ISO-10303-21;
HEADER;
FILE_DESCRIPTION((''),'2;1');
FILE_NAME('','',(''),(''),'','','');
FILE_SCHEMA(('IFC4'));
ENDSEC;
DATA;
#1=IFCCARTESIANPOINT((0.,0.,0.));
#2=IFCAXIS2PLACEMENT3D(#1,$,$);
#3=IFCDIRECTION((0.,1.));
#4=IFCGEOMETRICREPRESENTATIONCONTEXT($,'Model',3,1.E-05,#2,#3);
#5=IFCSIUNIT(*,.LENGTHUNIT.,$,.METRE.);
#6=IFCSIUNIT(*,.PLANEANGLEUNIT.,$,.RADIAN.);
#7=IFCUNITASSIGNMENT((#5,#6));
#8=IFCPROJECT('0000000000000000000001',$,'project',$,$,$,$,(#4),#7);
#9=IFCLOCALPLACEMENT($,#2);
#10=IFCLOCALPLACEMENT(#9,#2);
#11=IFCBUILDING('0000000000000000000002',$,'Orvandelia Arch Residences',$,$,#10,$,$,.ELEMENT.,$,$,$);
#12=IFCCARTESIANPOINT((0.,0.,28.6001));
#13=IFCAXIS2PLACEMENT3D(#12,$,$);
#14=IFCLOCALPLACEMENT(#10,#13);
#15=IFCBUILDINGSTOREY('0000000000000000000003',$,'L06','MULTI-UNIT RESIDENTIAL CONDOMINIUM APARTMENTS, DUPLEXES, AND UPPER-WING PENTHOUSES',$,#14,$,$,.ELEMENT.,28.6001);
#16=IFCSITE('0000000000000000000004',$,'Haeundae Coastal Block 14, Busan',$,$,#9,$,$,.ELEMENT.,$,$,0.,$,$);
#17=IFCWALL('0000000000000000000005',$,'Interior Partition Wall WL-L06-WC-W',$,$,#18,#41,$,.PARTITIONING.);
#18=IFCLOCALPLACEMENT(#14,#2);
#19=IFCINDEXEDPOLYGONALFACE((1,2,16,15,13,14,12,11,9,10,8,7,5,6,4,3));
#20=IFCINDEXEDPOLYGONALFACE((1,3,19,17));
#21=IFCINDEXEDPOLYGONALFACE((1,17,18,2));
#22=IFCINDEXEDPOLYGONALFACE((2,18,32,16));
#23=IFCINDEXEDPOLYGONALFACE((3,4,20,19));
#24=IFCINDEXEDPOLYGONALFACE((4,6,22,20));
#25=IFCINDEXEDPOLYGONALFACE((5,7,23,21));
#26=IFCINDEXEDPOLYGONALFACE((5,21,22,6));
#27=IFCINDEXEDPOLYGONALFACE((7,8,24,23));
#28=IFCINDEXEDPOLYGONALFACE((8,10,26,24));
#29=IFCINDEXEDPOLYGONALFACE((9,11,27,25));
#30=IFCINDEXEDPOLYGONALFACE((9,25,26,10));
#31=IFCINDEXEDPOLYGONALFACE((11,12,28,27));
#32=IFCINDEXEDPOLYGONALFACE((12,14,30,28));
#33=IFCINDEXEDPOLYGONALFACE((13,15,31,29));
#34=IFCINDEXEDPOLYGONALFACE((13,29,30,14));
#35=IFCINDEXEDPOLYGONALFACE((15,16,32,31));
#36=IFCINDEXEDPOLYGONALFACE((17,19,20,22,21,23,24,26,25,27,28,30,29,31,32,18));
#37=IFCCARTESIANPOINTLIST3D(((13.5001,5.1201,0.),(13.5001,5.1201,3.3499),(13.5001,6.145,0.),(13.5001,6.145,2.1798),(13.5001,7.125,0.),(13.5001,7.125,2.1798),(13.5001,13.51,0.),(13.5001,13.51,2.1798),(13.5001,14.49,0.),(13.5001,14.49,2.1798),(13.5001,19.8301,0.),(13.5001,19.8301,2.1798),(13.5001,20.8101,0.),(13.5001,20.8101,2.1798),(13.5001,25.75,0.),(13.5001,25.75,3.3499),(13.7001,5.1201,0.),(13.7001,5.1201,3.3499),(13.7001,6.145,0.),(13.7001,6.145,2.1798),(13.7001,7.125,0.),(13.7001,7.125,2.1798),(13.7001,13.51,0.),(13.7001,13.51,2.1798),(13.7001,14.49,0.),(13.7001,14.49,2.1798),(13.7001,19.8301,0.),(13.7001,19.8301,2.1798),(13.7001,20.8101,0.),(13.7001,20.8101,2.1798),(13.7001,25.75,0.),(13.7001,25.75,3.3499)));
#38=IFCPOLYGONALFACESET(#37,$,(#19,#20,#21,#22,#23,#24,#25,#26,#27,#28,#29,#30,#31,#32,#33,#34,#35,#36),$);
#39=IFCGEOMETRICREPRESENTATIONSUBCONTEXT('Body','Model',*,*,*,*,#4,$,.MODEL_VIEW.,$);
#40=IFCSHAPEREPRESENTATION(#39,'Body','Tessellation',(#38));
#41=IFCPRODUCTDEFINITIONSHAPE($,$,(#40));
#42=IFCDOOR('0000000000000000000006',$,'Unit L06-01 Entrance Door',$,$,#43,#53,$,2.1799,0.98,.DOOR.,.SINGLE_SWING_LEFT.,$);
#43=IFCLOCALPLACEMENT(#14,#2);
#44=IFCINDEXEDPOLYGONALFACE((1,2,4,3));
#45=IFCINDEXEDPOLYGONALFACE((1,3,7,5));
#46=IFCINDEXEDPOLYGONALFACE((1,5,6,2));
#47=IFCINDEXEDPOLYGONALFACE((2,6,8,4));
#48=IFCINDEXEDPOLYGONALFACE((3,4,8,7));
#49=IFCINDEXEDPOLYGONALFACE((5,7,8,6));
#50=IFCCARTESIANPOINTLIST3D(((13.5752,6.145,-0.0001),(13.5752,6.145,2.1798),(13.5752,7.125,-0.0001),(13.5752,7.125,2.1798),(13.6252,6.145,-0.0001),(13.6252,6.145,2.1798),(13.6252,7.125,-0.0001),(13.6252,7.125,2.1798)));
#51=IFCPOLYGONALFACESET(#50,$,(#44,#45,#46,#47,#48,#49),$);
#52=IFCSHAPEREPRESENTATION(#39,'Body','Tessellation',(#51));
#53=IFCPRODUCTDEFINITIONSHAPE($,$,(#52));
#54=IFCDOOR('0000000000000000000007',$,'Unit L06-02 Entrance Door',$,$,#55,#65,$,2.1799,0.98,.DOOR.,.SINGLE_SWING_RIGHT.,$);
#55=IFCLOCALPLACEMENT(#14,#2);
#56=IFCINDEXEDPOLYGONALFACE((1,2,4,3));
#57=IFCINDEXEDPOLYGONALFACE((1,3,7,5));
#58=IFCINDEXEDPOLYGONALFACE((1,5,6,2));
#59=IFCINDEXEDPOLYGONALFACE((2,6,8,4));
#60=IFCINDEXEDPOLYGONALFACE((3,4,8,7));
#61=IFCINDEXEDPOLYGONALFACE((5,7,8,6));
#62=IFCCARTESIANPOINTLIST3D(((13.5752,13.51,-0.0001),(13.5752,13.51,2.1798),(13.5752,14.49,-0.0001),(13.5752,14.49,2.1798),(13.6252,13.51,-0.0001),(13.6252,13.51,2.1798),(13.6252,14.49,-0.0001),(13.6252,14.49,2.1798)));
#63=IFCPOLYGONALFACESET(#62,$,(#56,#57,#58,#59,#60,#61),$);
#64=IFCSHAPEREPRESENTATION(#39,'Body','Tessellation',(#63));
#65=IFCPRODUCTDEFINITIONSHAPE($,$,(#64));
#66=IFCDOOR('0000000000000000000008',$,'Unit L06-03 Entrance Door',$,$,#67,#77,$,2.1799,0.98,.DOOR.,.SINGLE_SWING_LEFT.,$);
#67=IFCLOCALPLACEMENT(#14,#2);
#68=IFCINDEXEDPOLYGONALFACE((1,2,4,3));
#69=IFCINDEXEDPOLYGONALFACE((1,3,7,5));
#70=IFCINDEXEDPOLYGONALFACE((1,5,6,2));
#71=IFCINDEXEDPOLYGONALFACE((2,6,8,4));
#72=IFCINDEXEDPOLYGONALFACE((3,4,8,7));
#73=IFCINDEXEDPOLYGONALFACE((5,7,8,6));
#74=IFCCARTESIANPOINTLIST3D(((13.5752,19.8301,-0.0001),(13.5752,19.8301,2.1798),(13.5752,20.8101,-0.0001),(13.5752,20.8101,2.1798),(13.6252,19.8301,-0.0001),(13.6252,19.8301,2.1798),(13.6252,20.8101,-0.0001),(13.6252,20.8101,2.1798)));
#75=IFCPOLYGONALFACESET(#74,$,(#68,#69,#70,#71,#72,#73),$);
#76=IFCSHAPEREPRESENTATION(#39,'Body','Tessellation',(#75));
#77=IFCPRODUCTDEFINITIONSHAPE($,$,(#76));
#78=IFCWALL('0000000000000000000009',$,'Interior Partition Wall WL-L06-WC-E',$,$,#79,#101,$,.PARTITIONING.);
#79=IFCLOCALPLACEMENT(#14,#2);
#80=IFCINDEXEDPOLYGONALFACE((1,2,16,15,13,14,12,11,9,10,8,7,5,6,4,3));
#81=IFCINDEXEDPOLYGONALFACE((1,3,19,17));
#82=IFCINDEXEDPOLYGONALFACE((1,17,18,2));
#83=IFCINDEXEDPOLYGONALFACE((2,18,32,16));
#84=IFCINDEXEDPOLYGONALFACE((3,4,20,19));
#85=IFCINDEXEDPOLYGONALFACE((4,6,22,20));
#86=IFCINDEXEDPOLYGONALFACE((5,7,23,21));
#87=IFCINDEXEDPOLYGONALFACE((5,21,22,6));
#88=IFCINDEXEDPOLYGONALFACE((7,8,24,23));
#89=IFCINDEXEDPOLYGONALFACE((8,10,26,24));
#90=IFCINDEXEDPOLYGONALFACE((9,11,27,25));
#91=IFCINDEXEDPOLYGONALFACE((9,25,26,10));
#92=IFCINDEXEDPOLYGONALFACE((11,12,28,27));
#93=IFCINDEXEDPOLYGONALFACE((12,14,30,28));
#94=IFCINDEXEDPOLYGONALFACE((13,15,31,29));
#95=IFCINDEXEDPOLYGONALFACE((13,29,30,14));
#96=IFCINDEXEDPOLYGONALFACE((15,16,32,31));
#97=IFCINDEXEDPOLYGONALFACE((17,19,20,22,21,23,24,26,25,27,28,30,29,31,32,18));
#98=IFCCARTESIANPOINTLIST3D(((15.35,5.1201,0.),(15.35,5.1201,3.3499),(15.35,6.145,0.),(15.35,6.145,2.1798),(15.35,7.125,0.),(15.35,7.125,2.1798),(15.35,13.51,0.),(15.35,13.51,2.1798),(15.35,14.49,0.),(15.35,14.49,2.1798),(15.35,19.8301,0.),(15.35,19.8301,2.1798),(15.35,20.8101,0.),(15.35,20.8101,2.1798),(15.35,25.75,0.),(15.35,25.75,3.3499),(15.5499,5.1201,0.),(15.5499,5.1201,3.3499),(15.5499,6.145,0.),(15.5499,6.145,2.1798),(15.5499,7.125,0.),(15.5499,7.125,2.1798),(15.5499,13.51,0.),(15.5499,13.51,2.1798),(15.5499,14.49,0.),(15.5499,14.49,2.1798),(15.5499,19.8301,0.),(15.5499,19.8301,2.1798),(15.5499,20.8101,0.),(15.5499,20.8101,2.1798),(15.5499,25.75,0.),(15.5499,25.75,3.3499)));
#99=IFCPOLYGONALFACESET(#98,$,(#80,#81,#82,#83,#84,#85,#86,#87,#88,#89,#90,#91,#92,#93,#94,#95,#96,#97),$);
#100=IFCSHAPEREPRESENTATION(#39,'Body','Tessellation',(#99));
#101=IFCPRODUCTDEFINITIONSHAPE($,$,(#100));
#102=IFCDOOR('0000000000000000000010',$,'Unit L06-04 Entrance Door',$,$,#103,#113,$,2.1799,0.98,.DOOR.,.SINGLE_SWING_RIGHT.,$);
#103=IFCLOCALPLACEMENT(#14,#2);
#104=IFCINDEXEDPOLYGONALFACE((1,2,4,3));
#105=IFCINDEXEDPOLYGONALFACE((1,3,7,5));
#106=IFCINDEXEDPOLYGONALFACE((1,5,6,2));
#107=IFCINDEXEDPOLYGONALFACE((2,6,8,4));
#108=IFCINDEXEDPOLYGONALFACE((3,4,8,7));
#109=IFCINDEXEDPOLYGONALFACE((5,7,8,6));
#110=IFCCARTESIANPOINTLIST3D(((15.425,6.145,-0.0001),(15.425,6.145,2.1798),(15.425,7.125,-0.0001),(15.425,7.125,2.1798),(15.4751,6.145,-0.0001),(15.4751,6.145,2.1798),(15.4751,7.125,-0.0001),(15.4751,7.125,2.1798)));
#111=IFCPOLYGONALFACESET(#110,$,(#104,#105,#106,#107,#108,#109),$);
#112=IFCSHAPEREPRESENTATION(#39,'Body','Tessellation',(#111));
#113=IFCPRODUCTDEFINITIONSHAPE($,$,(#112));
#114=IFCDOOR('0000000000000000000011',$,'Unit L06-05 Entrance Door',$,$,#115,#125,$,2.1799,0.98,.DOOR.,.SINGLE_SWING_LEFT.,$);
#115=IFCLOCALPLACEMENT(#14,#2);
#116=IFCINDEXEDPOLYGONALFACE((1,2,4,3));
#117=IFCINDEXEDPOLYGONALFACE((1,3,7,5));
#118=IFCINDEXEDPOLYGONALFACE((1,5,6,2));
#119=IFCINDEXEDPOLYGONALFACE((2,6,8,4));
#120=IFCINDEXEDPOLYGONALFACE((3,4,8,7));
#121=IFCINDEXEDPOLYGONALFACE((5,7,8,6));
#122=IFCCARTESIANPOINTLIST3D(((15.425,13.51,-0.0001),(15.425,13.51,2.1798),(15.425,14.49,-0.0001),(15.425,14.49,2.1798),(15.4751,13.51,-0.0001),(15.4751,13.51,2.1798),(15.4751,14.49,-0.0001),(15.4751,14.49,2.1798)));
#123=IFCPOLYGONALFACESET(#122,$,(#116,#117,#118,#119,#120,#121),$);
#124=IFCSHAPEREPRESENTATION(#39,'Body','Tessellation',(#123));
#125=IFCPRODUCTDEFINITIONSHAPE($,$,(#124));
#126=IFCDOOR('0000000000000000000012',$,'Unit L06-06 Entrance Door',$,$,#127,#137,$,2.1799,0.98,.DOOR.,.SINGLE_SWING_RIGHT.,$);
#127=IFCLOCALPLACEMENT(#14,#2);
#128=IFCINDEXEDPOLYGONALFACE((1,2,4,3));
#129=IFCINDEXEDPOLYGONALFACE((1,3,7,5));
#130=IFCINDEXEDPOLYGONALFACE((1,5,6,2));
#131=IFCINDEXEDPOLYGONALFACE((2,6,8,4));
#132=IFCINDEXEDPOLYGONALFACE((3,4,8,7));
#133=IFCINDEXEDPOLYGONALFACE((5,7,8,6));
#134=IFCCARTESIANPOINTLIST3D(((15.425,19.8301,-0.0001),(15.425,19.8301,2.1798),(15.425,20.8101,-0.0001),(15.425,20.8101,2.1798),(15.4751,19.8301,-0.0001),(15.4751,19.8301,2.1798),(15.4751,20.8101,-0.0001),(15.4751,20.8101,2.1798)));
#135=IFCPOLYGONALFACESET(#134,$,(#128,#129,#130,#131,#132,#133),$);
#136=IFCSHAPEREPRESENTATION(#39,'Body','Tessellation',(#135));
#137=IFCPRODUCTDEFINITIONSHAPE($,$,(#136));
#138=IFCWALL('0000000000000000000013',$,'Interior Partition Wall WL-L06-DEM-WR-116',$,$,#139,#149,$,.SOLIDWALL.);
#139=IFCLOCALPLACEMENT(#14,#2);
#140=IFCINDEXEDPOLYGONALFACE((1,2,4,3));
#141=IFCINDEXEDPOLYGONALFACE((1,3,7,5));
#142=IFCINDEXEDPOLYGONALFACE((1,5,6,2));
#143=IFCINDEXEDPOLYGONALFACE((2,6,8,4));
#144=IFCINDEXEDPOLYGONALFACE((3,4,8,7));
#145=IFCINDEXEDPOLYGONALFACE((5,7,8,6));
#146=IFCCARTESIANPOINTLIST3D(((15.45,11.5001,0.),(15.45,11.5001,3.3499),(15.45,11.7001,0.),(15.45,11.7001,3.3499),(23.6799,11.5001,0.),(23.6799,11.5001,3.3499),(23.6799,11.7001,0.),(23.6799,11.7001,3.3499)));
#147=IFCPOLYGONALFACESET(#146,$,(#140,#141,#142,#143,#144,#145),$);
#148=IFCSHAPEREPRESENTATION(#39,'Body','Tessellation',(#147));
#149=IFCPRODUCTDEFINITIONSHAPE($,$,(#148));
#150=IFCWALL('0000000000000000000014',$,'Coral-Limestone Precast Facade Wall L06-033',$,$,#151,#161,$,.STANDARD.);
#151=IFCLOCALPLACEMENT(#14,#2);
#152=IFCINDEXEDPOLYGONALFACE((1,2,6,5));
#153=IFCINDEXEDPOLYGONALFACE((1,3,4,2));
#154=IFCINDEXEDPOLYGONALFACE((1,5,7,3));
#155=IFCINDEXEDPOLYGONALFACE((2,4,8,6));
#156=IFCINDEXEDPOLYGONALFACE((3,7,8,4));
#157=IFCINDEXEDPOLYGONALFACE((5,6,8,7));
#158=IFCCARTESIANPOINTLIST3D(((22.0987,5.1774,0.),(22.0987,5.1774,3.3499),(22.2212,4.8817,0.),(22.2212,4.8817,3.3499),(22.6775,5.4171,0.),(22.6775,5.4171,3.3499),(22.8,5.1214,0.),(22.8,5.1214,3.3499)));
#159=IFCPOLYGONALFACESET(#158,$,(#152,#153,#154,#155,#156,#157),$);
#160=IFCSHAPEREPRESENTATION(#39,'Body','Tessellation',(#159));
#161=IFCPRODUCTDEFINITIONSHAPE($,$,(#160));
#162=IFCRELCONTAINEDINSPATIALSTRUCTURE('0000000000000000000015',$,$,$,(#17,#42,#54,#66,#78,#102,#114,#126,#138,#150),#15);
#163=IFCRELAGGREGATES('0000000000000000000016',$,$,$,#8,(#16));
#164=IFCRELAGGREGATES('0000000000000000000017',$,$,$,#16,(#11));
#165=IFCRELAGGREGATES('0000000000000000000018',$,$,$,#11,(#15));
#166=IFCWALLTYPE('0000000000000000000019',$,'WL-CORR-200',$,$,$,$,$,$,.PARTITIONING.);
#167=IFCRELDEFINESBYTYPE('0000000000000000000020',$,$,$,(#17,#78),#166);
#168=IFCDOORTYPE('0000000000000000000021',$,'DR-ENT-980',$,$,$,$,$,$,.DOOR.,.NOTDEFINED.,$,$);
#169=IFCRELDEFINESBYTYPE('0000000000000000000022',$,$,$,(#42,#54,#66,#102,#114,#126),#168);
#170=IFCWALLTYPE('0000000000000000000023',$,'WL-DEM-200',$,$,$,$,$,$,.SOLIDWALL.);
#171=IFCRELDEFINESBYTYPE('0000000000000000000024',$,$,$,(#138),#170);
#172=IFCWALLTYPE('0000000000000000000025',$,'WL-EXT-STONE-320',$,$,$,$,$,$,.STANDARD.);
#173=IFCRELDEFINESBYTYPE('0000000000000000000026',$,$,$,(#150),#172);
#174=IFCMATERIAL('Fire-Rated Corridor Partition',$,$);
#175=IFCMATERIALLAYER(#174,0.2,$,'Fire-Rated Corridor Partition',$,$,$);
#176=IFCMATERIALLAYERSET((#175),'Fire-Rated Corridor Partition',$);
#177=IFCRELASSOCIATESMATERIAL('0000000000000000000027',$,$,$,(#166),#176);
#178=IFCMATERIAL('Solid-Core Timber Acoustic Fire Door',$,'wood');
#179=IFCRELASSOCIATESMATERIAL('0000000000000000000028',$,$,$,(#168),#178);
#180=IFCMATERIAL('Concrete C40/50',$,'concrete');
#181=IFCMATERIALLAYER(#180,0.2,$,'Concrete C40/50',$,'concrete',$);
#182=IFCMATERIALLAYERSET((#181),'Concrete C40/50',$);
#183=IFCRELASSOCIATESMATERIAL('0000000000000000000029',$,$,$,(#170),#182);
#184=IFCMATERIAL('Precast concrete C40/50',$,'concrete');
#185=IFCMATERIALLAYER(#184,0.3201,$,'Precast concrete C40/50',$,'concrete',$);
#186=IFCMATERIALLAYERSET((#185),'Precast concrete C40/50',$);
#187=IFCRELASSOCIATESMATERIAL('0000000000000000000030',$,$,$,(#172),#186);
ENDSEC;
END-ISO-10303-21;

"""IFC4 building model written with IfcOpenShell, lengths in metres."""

from ifc_helpers import new_model, si_unit, direction, frame, frame_2d, origin, place, context, subcontext, project, spatial, rectangle, extrude, material, layer, layer_set, type_object, element, fill, save


model = new_model("IFC4")

# Units and contexts
model_context = context("Model", 3, precision=1e-05, world=origin(), true_north=direction((0.0, 1.0)))
body_context = subcontext(model_context, "Body", "Model", "MODEL_VIEW")
ifc_project = project(units=[si_unit("LENGTHUNIT", "METRE"), si_unit("PLANEANGLEUNIT", "RADIAN")], contexts=[model_context])

# Site, building, storey
site_placement = place(None, origin())
site = spatial("IfcSite", under=ifc_project, at=site_placement, Name="Haeundae Coastal Block 14, Busan", CompositionType="ELEMENT", RefElevation=0.0)
building_placement = place(site_placement, origin())
building = spatial("IfcBuilding", under=site, at=building_placement, Name="Orvandelia Arch Residences", CompositionType="ELEMENT")
storey_placement = place(building_placement, frame((0.0, 0.0, 28.6001)))
storey = spatial("IfcBuildingStorey", under=building, at=storey_placement, Name="L06", Description="MULTI-UNIT RESIDENTIAL CONDOMINIUM APARTMENTS, DUPLEXES, AND UPPER-WING PENTHOUSES", CompositionType="ELEMENT", Elevation=28.6001)

# Walls, openings, doors
ifc_material_1 = material(Name="Fire-Rated Corridor Partition")
ifc_layer_1 = layer(ifc_material_1, 0.2, Name="Fire-Rated Corridor Partition")
ifc_layer_set_1 = layer_set([ifc_layer_1], Name="Fire-Rated Corridor Partition")
wall_type_1 = type_object("IfcWallType", Name="WL-CORR-200", PredefinedType="PARTITIONING", material=ifc_layer_set_1)
wall_1_placement = place(storey_placement, frame((13.6001, 5.1201, 0.0), z_axis=(0.0, 0.0, 1.0), x_axis=(0.0, 1.0, 0.0)))
wall_1 = element("IfcWall", 1, at=wall_1_placement, inside=storey, type_object=wall_type_1, Name="Interior Partition Wall WL-L06-WC-W", PredefinedType="PARTITIONING", context=body_context, shape_type="SweptSolid", body=[
    extrude(rectangle(XDim=20.6299, YDim=0.2, at=frame_2d((10.3149, 0.0))), origin(), (0.0, 0.0, 1.0), 3.3499),
])
opening_1_placement = place(wall_1_placement, frame((1.0249, 0.0, 0.0)))
opening_1 = element("IfcOpeningElement", 2, at=opening_1_placement, cuts=wall_1, PredefinedType="OPENING", context=body_context, shape_type="SweptSolid", body=[
    extrude(rectangle(XDim=0.98, YDim=2.1799, at=frame_2d((0.49, 1.0898))), frame((0.0, 0.1099, 0.0), z_axis=(0.0, -1.0, 0.0), x_axis=(1.0, 0.0, 0.0)), (0.0, 0.0, 1.0), 0.22),
])
opening_2_placement = place(wall_1_placement, frame((8.3899, 0.0, 0.0)))
opening_2 = element("IfcOpeningElement", 3, at=opening_2_placement, cuts=wall_1, PredefinedType="OPENING", context=body_context, shape_type="SweptSolid", body=[
    extrude(rectangle(XDim=0.98, YDim=2.1799, at=frame_2d((0.49, 1.0898))), frame((0.0, 0.1099, 0.0), z_axis=(0.0, -1.0, 0.0), x_axis=(1.0, 0.0, 0.0)), (0.0, 0.0, 1.0), 0.22),
])
opening_3_placement = place(wall_1_placement, frame((14.71, 0.0, 0.0)))
opening_3 = element("IfcOpeningElement", 4, at=opening_3_placement, cuts=wall_1, PredefinedType="OPENING", context=body_context, shape_type="SweptSolid", body=[
    extrude(rectangle(XDim=0.98, YDim=2.1799, at=frame_2d((0.49, 1.0898))), frame((0.0, 0.1099, 0.0), z_axis=(0.0, -1.0, 0.0), x_axis=(1.0, 0.0, 0.0)), (0.0, 0.0, 1.0), 0.22),
])
ifc_material_2 = material(Name="Solid-Core Timber Acoustic Fire Door", Category="wood")
door_type_1 = type_object("IfcDoorType", Name="DR-ENT-980", OperationType="NOTDEFINED", PredefinedType="DOOR", material=ifc_material_2)
door_1_placement = place(opening_1_placement, origin())
door_1 = element("IfcDoor", 5, at=door_1_placement, inside=storey, type_object=door_type_1, Name="Unit L06-01 Entrance Door", OperationType="SINGLE_SWING_LEFT", OverallHeight=2.1799, OverallWidth=0.98, PredefinedType="DOOR", context=body_context, shape_type="SweptSolid", body=[
    extrude(rectangle(XDim=0.98, YDim=2.1799, at=frame_2d((0.49, 1.0898))), frame((0.0, 0.0249, 0.0), z_axis=(0.0, -1.0, 0.0), x_axis=(1.0, 0.0, 0.0)), (0.0, 0.0, 1.0), 0.05),
])
fill(opening_1, door_1)
door_2_placement = place(opening_2_placement, origin())
door_2 = element("IfcDoor", 6, at=door_2_placement, inside=storey, type_object=door_type_1, Name="Unit L06-02 Entrance Door", OperationType="SINGLE_SWING_RIGHT", OverallHeight=2.1799, OverallWidth=0.98, PredefinedType="DOOR", context=body_context, shape_type="SweptSolid", body=[
    extrude(rectangle(XDim=0.98, YDim=2.1799, at=frame_2d((0.49, 1.0898))), frame((0.0, 0.0249, 0.0), z_axis=(0.0, -1.0, 0.0), x_axis=(1.0, 0.0, 0.0)), (0.0, 0.0, 1.0), 0.05),
])
fill(opening_2, door_2)
door_3_placement = place(opening_3_placement, origin())
door_3 = element("IfcDoor", 7, at=door_3_placement, inside=storey, type_object=door_type_1, Name="Unit L06-03 Entrance Door", OperationType="SINGLE_SWING_LEFT", OverallHeight=2.1799, OverallWidth=0.98, PredefinedType="DOOR", context=body_context, shape_type="SweptSolid", body=[
    extrude(rectangle(XDim=0.98, YDim=2.1799, at=frame_2d((0.49, 1.0898))), frame((0.0, 0.0249, 0.0), z_axis=(0.0, -1.0, 0.0), x_axis=(1.0, 0.0, 0.0)), (0.0, 0.0, 1.0), 0.05),
])
fill(opening_3, door_3)
wall_2_placement = place(storey_placement, frame((15.45, 5.1201, 0.0), z_axis=(0.0, 0.0, 1.0), x_axis=(0.0, 1.0, 0.0)))
wall_2 = element("IfcWall", 8, at=wall_2_placement, inside=storey, type_object=wall_type_1, Name="Interior Partition Wall WL-L06-WC-E", PredefinedType="PARTITIONING", context=body_context, shape_type="SweptSolid", body=[
    extrude(rectangle(XDim=20.6299, YDim=0.2, at=frame_2d((10.3149, 0.0))), origin(), (0.0, 0.0, 1.0), 3.3499),
])
opening_4_placement = place(wall_2_placement, frame((1.0249, 0.0, 0.0)))
opening_4 = element("IfcOpeningElement", 9, at=opening_4_placement, cuts=wall_2, PredefinedType="OPENING", context=body_context, shape_type="SweptSolid", body=[
    extrude(rectangle(XDim=0.98, YDim=2.1799, at=frame_2d((0.49, 1.0898))), frame((0.0, 0.1099, 0.0), z_axis=(0.0, -1.0, 0.0), x_axis=(1.0, 0.0, 0.0)), (0.0, 0.0, 1.0), 0.22),
])
opening_5_placement = place(wall_2_placement, frame((8.3899, 0.0, 0.0)))
opening_5 = element("IfcOpeningElement", 10, at=opening_5_placement, cuts=wall_2, PredefinedType="OPENING", context=body_context, shape_type="SweptSolid", body=[
    extrude(rectangle(XDim=0.98, YDim=2.1799, at=frame_2d((0.49, 1.0898))), frame((0.0, 0.1099, 0.0), z_axis=(0.0, -1.0, 0.0), x_axis=(1.0, 0.0, 0.0)), (0.0, 0.0, 1.0), 0.22),
])
opening_6_placement = place(wall_2_placement, frame((14.71, 0.0, 0.0)))
opening_6 = element("IfcOpeningElement", 11, at=opening_6_placement, cuts=wall_2, PredefinedType="OPENING", context=body_context, shape_type="SweptSolid", body=[
    extrude(rectangle(XDim=0.98, YDim=2.1799, at=frame_2d((0.49, 1.0898))), frame((0.0, 0.1099, 0.0), z_axis=(0.0, -1.0, 0.0), x_axis=(1.0, 0.0, 0.0)), (0.0, 0.0, 1.0), 0.22),
])
door_4_placement = place(opening_4_placement, origin())
door_4 = element("IfcDoor", 12, at=door_4_placement, inside=storey, type_object=door_type_1, Name="Unit L06-04 Entrance Door", OperationType="SINGLE_SWING_RIGHT", OverallHeight=2.1799, OverallWidth=0.98, PredefinedType="DOOR", context=body_context, shape_type="SweptSolid", body=[
    extrude(rectangle(XDim=0.98, YDim=2.1799, at=frame_2d((0.49, 1.0898))), frame((0.0, 0.0249, 0.0), z_axis=(0.0, -1.0, 0.0), x_axis=(1.0, 0.0, 0.0)), (0.0, 0.0, 1.0), 0.05),
])
fill(opening_4, door_4)
door_5_placement = place(opening_5_placement, origin())
door_5 = element("IfcDoor", 13, at=door_5_placement, inside=storey, type_object=door_type_1, Name="Unit L06-05 Entrance Door", OperationType="SINGLE_SWING_LEFT", OverallHeight=2.1799, OverallWidth=0.98, PredefinedType="DOOR", context=body_context, shape_type="SweptSolid", body=[
    extrude(rectangle(XDim=0.98, YDim=2.1799, at=frame_2d((0.49, 1.0898))), frame((0.0, 0.0249, 0.0), z_axis=(0.0, -1.0, 0.0), x_axis=(1.0, 0.0, 0.0)), (0.0, 0.0, 1.0), 0.05),
])
fill(opening_5, door_5)
door_6_placement = place(opening_6_placement, origin())
door_6 = element("IfcDoor", 14, at=door_6_placement, inside=storey, type_object=door_type_1, Name="Unit L06-06 Entrance Door", OperationType="SINGLE_SWING_RIGHT", OverallHeight=2.1799, OverallWidth=0.98, PredefinedType="DOOR", context=body_context, shape_type="SweptSolid", body=[
    extrude(rectangle(XDim=0.98, YDim=2.1799, at=frame_2d((0.49, 1.0898))), frame((0.0, 0.0249, 0.0), z_axis=(0.0, -1.0, 0.0), x_axis=(1.0, 0.0, 0.0)), (0.0, 0.0, 1.0), 0.05),
])
fill(opening_6, door_6)

# Walls
ifc_material_3 = material(Name="Concrete C40/50", Category="concrete")
ifc_layer_2 = layer(ifc_material_3, 0.2, Name="Concrete C40/50", Category="concrete")
ifc_layer_set_2 = layer_set([ifc_layer_2], Name="Concrete C40/50")
wall_type_2 = type_object("IfcWallType", Name="WL-DEM-200", PredefinedType="SOLIDWALL", material=ifc_layer_set_2)
wall_3_placement = place(storey_placement, frame((15.45, 11.6001, 0.0), z_axis=(0.0, 0.0, 1.0), x_axis=(1.0, 0.0, 0.0)))
element("IfcWall", 15, at=wall_3_placement, inside=storey, type_object=wall_type_2, Name="Interior Partition Wall WL-L06-DEM-WR-116", PredefinedType="SOLIDWALL", context=body_context, shape_type="SweptSolid", body=[
    extrude(rectangle(XDim=8.23, YDim=0.2, at=frame_2d((4.115, 0.0))), origin(), (0.0, 0.0, 1.0), 3.3499),
])
ifc_material_4 = material(Name="Precast concrete C40/50", Category="concrete")
ifc_layer_3 = layer(ifc_material_4, 0.3201, Name="Precast concrete C40/50", Category="concrete")
ifc_layer_set_3 = layer_set([ifc_layer_3], Name="Precast concrete C40/50")
wall_type_3 = type_object("IfcWallType", Name="WL-EXT-STONE-320", PredefinedType="STANDARD", material=ifc_layer_set_3)
for number, where, z_axis, x_axis, name in (
    (16, (22.7388, 5.2693, 0.0), (0.0, 0.0, 1.0), (-0.923893, -0.38265, 0.0), "Coral-Limestone Precast Facade Wall L06-033"),
):
    element("IfcWall", number, at=place(storey_placement, frame(where, z_axis=z_axis, x_axis=x_axis)), inside=storey, type_object=wall_type_3, Name=name, PredefinedType="STANDARD", context=body_context, shape_type="SweptSolid", body=[
        extrude(rectangle(XDim=0.6265, YDim=0.3201, at=frame_2d((0.3132, 0.0))), origin(), (0.0, 0.0, 1.0), 3.3499),
    ])

save(model, "model.ifc")
